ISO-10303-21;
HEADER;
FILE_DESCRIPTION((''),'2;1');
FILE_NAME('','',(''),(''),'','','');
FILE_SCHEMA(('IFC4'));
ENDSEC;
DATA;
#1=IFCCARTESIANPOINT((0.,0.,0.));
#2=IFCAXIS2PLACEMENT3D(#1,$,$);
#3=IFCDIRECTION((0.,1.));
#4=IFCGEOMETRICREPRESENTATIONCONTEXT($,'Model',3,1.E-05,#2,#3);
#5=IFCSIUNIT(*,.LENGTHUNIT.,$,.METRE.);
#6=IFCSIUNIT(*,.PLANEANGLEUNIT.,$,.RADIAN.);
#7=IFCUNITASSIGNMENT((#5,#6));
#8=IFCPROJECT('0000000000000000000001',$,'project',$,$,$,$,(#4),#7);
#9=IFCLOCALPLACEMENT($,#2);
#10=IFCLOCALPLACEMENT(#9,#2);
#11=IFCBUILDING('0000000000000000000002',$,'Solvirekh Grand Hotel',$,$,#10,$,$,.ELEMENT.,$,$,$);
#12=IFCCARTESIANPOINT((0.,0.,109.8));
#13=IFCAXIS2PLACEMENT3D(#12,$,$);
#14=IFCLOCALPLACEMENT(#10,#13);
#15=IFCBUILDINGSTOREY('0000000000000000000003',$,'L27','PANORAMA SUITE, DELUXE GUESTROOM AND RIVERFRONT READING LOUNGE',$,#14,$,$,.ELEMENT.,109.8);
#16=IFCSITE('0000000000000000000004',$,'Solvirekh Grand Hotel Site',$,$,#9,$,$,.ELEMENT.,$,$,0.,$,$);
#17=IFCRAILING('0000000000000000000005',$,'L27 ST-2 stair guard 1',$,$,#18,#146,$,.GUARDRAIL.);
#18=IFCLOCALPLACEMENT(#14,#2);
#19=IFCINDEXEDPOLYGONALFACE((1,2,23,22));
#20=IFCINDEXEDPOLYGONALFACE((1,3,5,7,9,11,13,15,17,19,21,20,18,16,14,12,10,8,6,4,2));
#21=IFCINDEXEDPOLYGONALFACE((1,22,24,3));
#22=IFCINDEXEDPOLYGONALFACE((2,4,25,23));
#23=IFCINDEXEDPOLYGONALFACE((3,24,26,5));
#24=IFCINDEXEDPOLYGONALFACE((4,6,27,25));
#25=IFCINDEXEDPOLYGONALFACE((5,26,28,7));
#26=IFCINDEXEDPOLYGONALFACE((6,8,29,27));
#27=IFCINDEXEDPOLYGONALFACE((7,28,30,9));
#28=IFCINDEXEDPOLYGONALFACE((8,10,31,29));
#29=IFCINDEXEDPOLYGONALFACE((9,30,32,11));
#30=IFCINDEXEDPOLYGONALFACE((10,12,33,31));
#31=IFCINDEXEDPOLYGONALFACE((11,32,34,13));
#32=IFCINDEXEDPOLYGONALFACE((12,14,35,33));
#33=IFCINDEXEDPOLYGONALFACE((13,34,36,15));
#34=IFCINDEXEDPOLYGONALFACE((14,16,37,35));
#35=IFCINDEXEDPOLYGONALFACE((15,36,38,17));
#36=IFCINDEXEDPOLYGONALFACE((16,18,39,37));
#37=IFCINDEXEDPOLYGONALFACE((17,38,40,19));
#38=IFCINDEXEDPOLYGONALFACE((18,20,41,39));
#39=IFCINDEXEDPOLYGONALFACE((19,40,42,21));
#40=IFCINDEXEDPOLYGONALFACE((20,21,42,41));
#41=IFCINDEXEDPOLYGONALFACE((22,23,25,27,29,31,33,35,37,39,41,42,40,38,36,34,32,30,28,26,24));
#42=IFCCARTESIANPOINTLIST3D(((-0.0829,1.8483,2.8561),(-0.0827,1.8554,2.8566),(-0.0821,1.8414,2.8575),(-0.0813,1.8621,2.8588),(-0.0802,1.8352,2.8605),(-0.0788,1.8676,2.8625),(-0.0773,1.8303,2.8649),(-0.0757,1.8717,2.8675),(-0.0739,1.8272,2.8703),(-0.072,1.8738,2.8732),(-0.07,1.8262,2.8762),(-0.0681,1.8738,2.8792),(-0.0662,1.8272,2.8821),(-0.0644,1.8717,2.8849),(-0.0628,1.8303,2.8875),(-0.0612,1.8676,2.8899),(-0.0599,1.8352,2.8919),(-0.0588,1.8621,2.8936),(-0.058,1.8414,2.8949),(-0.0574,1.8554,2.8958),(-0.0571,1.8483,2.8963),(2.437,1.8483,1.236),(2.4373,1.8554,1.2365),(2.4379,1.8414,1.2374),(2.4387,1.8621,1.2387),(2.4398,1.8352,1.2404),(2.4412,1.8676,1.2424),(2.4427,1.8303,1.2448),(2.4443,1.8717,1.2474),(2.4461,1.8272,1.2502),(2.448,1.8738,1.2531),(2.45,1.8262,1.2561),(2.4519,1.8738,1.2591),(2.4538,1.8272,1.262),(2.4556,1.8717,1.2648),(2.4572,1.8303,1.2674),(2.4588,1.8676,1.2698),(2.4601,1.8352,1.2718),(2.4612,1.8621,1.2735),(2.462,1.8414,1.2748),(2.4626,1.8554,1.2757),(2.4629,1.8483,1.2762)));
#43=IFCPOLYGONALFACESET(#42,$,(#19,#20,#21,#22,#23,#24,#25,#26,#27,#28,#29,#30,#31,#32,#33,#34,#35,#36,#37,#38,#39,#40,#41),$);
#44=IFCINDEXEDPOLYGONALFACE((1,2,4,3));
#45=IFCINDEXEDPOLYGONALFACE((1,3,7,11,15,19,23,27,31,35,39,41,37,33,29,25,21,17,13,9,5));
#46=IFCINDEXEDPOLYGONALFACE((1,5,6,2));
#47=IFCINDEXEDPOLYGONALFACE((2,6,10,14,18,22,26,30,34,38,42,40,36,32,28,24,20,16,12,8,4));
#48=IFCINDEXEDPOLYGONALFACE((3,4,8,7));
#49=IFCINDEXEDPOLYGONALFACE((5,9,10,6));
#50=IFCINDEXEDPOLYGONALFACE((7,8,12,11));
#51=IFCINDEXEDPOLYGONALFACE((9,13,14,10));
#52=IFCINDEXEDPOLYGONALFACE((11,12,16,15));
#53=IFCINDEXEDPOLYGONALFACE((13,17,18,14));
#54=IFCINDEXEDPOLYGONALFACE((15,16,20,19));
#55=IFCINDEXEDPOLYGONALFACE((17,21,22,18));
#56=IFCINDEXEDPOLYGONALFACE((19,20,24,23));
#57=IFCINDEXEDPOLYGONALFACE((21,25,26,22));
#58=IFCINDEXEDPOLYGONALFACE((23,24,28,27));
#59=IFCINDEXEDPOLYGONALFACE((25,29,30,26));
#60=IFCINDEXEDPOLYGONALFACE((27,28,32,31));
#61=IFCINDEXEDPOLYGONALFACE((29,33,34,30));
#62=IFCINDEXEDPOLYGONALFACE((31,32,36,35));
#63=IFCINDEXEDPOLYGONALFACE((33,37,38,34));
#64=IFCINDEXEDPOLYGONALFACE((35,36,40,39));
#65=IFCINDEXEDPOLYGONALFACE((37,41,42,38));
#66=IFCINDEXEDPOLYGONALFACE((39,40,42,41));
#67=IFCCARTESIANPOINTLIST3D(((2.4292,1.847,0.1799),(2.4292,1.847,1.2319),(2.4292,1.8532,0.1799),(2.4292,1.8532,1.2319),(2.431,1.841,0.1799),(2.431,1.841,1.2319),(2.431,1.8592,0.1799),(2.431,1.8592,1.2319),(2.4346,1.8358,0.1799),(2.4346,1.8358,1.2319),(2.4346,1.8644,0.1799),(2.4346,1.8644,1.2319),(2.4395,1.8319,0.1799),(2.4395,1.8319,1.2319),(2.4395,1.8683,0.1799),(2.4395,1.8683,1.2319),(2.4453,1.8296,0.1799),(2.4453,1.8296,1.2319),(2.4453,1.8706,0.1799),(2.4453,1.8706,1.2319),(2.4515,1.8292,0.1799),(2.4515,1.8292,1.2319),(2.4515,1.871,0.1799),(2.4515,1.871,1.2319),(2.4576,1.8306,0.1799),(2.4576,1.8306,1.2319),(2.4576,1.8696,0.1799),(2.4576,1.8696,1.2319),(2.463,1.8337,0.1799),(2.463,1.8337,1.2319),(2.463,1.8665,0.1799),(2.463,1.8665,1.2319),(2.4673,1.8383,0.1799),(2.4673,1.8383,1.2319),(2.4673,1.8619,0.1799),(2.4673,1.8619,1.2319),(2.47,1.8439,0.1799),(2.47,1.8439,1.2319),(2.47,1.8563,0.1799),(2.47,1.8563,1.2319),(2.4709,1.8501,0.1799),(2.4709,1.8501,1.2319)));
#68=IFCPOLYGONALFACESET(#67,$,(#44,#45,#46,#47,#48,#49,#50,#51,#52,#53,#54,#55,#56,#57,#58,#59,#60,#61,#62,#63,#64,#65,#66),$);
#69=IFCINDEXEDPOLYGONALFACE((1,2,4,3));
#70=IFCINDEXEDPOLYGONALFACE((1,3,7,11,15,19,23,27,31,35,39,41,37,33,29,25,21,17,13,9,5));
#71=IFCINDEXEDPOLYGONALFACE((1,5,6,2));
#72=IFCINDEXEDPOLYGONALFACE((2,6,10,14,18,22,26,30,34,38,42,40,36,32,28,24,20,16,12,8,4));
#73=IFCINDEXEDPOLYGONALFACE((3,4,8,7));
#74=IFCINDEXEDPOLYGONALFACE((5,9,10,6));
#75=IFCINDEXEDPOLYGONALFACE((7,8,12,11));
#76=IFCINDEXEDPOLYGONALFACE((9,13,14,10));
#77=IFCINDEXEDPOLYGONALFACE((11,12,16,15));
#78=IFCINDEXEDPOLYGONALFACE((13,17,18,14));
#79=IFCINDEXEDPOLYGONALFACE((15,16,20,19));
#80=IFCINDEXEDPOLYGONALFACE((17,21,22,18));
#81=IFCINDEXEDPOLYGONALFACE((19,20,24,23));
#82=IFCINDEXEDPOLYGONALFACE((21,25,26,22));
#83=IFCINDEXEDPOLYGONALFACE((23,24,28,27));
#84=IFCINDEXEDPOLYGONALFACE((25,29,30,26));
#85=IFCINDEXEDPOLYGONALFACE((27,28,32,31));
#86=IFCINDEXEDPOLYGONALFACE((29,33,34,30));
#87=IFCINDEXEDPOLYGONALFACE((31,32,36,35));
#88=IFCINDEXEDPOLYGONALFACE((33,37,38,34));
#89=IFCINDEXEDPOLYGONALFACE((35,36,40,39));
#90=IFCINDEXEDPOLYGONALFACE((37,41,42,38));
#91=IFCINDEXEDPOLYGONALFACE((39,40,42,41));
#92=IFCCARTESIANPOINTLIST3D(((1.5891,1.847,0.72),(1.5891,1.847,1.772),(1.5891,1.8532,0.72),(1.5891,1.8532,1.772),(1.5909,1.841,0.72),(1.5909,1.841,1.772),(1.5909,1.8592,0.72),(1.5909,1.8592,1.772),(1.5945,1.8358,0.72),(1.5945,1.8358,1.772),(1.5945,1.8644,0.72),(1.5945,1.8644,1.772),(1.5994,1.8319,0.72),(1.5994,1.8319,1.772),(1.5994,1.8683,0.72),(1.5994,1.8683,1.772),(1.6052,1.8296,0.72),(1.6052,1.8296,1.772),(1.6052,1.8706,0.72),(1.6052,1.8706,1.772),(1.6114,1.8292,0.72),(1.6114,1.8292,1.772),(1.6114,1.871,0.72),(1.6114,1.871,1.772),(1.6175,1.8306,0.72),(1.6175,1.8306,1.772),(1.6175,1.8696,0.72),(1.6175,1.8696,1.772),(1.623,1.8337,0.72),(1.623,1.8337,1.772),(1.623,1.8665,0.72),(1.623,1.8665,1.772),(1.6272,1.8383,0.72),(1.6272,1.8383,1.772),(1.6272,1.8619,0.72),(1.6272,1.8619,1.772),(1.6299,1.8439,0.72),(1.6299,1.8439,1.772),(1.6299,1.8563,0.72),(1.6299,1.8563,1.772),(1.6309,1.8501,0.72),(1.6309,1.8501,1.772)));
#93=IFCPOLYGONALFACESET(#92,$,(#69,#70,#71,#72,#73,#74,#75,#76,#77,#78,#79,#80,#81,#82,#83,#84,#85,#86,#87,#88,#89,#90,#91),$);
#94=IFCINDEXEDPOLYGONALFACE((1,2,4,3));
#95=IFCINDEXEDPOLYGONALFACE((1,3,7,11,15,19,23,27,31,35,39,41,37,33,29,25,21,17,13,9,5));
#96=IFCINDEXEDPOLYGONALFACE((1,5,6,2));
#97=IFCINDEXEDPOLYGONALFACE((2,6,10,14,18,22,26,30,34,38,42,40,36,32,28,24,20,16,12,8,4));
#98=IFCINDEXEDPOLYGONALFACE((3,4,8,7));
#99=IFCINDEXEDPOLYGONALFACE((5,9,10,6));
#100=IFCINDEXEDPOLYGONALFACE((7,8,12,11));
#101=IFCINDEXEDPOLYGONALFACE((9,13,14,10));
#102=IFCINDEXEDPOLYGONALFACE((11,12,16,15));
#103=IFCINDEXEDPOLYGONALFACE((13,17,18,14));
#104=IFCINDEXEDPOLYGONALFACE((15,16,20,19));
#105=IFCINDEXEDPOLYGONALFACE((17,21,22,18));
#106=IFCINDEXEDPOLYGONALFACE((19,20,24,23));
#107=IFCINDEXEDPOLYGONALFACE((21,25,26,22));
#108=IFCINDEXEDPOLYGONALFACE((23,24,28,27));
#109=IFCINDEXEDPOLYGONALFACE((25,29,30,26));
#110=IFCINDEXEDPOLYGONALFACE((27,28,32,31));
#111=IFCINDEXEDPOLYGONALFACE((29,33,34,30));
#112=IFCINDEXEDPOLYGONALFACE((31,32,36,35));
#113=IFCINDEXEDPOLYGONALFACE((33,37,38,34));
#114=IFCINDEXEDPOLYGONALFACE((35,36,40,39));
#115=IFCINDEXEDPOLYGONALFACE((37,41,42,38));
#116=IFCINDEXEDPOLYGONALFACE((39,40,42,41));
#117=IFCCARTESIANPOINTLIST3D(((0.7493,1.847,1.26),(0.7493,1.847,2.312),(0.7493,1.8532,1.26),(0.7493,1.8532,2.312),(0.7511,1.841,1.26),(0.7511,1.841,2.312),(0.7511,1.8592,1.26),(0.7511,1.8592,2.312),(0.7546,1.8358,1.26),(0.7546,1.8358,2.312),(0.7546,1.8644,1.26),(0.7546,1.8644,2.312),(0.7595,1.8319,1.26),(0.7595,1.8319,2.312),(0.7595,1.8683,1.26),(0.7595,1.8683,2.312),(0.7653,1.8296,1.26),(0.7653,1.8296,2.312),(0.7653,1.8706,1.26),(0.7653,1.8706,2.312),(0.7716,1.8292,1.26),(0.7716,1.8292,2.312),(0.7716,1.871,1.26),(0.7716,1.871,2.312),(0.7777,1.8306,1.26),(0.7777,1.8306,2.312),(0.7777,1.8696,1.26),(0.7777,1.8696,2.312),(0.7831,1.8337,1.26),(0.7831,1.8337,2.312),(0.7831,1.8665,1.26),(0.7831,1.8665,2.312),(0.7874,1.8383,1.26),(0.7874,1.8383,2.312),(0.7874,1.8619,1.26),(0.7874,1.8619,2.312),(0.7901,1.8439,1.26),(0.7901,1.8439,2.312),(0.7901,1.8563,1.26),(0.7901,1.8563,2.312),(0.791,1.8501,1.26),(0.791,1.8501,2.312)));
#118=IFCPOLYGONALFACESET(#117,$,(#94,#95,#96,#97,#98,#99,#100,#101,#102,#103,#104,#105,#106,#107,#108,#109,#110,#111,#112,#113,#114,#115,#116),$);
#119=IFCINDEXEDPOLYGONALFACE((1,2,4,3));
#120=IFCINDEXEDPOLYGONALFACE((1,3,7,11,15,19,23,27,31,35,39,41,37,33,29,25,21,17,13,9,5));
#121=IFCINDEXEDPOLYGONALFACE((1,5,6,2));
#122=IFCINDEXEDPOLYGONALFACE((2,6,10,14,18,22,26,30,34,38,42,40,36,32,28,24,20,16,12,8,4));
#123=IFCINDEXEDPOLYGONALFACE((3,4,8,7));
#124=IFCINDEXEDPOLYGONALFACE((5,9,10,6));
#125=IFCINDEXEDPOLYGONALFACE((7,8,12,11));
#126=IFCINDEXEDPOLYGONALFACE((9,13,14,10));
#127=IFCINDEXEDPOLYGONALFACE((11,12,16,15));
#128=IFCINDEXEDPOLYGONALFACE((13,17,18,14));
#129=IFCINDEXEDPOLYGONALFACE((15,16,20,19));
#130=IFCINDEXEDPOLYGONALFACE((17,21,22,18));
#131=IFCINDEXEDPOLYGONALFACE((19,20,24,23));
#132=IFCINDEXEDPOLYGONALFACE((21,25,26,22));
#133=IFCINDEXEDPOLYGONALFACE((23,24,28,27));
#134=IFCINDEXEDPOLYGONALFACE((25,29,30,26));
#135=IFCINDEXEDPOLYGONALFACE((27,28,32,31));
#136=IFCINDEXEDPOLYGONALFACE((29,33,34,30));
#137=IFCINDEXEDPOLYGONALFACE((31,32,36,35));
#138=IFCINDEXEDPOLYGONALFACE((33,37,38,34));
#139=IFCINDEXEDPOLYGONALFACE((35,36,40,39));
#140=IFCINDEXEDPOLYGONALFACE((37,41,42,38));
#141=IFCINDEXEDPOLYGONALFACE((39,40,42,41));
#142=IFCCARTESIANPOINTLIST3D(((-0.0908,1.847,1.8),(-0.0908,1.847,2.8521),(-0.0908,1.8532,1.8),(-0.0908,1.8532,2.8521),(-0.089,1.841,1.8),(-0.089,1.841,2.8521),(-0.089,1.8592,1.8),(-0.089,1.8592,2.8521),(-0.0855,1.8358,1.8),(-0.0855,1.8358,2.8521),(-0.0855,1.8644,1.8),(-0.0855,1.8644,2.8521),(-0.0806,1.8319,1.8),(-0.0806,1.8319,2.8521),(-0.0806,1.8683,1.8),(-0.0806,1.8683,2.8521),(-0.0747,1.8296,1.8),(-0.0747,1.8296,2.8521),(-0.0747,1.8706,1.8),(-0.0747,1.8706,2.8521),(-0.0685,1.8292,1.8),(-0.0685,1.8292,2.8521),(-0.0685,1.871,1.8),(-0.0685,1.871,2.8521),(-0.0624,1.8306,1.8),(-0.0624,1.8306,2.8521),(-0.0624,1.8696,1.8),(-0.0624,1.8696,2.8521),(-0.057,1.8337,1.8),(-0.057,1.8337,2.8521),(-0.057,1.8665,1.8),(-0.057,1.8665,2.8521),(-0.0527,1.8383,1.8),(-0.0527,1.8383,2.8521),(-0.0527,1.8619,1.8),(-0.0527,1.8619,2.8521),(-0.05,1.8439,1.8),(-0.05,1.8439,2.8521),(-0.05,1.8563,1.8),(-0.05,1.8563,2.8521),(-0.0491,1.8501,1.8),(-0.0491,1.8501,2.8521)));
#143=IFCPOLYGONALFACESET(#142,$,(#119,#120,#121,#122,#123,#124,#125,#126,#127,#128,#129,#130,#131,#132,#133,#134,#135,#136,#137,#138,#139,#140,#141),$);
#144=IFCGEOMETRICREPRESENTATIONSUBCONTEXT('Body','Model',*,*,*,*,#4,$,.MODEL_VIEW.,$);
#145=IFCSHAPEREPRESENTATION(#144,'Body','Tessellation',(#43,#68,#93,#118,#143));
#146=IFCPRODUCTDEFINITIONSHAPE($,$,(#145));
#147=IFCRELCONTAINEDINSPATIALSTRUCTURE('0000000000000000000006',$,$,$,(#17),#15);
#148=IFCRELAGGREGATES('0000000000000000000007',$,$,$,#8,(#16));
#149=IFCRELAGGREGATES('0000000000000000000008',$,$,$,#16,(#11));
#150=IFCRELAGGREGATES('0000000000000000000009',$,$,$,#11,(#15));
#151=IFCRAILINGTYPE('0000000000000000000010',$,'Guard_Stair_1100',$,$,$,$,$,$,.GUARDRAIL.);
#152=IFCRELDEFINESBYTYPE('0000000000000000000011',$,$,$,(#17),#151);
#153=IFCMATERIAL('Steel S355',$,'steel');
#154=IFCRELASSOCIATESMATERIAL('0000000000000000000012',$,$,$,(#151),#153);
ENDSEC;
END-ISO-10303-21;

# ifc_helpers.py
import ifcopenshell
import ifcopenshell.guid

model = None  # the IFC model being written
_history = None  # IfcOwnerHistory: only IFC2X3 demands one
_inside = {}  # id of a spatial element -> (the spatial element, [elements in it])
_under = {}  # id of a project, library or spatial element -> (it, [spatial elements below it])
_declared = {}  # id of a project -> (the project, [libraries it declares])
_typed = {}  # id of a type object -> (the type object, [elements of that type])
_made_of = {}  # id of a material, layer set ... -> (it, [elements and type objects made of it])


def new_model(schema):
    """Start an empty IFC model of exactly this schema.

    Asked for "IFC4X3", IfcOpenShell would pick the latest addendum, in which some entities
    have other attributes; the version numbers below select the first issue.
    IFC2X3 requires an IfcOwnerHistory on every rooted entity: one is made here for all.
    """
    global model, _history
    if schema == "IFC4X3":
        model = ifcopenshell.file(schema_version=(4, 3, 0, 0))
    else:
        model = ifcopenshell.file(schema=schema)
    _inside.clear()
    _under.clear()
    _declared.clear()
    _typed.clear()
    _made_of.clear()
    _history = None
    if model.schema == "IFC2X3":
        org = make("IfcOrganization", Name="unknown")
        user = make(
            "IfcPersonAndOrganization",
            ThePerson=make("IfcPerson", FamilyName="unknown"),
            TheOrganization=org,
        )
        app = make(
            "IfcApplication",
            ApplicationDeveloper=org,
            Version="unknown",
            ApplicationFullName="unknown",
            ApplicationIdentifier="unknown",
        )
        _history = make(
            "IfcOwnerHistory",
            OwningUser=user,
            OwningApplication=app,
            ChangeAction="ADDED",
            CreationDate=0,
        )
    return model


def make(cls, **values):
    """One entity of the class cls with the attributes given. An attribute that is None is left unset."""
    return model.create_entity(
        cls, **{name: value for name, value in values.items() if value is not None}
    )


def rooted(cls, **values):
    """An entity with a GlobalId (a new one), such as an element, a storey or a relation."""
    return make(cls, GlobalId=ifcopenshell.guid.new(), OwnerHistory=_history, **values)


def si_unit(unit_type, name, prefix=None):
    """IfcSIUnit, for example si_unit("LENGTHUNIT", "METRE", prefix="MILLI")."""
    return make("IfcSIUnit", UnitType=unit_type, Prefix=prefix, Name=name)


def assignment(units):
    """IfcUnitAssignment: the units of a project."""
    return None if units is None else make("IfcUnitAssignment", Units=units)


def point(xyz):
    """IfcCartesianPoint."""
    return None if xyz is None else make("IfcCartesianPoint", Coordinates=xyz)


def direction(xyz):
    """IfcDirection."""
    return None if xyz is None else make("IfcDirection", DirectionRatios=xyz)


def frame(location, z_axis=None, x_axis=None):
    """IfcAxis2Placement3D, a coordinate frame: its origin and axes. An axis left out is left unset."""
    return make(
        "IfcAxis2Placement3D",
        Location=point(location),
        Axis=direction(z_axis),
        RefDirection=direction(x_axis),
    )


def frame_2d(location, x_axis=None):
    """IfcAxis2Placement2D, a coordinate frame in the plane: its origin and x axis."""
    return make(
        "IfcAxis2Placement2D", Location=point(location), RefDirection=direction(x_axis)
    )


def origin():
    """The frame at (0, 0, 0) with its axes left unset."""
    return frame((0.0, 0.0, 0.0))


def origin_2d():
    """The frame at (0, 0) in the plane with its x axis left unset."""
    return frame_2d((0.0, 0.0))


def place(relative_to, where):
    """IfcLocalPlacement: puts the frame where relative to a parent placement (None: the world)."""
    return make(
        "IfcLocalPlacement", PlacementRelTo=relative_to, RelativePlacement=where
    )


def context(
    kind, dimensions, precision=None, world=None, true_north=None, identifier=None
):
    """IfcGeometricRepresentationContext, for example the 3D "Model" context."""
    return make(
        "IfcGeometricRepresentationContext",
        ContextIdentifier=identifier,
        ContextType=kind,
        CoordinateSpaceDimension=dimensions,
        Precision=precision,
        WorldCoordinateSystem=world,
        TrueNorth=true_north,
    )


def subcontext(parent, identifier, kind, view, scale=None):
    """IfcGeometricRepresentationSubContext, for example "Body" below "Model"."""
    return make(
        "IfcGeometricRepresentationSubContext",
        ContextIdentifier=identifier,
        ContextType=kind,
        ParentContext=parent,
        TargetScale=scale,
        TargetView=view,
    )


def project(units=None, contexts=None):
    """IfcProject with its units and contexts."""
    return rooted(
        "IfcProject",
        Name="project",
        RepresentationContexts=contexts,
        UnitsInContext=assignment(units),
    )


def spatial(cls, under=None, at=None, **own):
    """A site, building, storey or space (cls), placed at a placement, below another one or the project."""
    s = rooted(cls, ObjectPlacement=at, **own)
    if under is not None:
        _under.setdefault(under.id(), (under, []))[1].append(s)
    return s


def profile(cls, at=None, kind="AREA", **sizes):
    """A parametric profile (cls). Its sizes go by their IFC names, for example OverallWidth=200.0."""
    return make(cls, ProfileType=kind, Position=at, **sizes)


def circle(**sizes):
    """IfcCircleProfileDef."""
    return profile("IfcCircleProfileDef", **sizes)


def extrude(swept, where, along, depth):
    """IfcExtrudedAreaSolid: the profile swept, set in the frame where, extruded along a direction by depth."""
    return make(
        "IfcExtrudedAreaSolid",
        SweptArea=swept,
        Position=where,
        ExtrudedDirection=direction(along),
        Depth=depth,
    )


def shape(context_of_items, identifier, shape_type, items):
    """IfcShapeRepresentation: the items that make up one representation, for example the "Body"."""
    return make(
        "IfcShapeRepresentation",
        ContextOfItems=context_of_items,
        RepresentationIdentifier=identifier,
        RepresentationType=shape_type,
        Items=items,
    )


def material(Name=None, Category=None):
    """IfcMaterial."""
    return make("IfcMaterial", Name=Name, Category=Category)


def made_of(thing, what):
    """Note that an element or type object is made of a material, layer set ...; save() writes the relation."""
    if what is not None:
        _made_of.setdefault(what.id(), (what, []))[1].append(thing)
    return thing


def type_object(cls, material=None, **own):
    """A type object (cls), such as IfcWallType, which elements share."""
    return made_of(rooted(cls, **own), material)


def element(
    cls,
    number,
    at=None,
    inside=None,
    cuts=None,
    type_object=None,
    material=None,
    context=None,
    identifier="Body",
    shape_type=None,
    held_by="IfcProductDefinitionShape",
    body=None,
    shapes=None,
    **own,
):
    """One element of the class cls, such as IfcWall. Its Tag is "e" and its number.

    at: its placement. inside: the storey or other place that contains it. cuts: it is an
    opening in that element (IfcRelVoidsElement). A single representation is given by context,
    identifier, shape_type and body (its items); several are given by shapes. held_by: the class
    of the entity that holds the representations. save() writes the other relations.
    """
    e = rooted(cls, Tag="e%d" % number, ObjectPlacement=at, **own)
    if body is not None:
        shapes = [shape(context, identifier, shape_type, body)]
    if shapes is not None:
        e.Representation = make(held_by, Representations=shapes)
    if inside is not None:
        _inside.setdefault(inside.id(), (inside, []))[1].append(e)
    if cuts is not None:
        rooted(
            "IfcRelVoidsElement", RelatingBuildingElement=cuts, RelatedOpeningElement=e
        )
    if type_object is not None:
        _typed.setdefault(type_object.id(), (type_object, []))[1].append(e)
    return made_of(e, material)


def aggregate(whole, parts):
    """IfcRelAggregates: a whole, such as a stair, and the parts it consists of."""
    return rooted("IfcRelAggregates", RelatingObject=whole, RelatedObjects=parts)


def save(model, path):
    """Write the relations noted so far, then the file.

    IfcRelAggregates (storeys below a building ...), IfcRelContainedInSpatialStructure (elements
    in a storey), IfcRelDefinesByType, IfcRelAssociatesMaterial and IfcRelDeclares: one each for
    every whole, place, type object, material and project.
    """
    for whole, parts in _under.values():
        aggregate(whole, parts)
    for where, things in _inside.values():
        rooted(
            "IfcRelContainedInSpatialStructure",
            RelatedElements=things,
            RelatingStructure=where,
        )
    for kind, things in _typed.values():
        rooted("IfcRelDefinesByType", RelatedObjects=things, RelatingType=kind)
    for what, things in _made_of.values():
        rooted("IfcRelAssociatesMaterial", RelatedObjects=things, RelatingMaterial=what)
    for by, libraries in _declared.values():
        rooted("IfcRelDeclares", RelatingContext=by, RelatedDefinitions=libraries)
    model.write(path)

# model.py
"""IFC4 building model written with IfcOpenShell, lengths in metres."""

from ifc_helpers import new_model, si_unit, direction, frame, origin, origin_2d, place, context, subcontext, project, spatial, circle, extrude, material, type_object, element, save


model = new_model("IFC4")

# Units and contexts
model_context = context("Model", 3, precision=1e-05, world=origin(), true_north=direction((0.0, 1.0)))
body_context = subcontext(model_context, "Body", "Model", "MODEL_VIEW")
ifc_project = project(units=[si_unit("LENGTHUNIT", "METRE"), si_unit("PLANEANGLEUNIT", "RADIAN")], contexts=[model_context])

# Site, building, storey
site_placement = place(None, origin())
site = spatial("IfcSite", under=ifc_project, at=site_placement, Name="Solvirekh Grand Hotel Site", CompositionType="ELEMENT", RefElevation=0.0)
building_placement = place(site_placement, origin())
building = spatial("IfcBuilding", under=site, at=building_placement, Name="Solvirekh Grand Hotel", CompositionType="ELEMENT")
storey_placement = place(building_placement, frame((0.0, 0.0, 109.8)))
storey = spatial("IfcBuildingStorey", under=building, at=storey_placement, Name="L27", Description="PANORAMA SUITE, DELUXE GUESTROOM AND RIVERFRONT READING LOUNGE", CompositionType="ELEMENT", Elevation=109.8)

# Shared definitions
ifc_material_1 = material(Name="Steel S355", Category="steel")

# Railing
railing_type_1 = type_object("IfcRailingType", Name="Guard_Stair_1100", PredefinedType="GUARDRAIL", material=ifc_material_1)
railing_1_placement = place(storey_placement, frame((2.45, 1.8501, 0.1799)))
element("IfcRailing", 1, at=railing_1_placement, inside=storey, type_object=railing_type_1, Name="L27 ST-2 stair guard 1", PredefinedType="GUARDRAIL", context=body_context, shape_type="SweptSolid", body=[
    extrude(circle(Radius=0.0239, at=origin_2d()), frame((0.0, 0.0, 1.0762), z_axis=(-0.841163, 0.0, 0.540782), x_axis=(0.0, -1.0, 0.0)), (0.0, 0.0, 1.0), 2.9958),
    extrude(circle(Radius=0.021, at=origin_2d()), origin(), (0.0, 0.0, 1.0), 1.052),
    extrude(circle(Radius=0.021, at=origin_2d()), frame((-0.8401, 0.0, 0.54)), (0.0, 0.0, 1.0), 1.052),
    extrude(circle(Radius=0.021, at=origin_2d()), frame((-1.6799, 0.0, 1.0801)), (0.0, 0.0, 1.0), 1.052),
    extrude(circle(Radius=0.021, at=origin_2d()), frame((-2.52, 0.0, 1.6201)), (0.0, 0.0, 1.0), 1.052),
])

save(model, "model.ifc")
